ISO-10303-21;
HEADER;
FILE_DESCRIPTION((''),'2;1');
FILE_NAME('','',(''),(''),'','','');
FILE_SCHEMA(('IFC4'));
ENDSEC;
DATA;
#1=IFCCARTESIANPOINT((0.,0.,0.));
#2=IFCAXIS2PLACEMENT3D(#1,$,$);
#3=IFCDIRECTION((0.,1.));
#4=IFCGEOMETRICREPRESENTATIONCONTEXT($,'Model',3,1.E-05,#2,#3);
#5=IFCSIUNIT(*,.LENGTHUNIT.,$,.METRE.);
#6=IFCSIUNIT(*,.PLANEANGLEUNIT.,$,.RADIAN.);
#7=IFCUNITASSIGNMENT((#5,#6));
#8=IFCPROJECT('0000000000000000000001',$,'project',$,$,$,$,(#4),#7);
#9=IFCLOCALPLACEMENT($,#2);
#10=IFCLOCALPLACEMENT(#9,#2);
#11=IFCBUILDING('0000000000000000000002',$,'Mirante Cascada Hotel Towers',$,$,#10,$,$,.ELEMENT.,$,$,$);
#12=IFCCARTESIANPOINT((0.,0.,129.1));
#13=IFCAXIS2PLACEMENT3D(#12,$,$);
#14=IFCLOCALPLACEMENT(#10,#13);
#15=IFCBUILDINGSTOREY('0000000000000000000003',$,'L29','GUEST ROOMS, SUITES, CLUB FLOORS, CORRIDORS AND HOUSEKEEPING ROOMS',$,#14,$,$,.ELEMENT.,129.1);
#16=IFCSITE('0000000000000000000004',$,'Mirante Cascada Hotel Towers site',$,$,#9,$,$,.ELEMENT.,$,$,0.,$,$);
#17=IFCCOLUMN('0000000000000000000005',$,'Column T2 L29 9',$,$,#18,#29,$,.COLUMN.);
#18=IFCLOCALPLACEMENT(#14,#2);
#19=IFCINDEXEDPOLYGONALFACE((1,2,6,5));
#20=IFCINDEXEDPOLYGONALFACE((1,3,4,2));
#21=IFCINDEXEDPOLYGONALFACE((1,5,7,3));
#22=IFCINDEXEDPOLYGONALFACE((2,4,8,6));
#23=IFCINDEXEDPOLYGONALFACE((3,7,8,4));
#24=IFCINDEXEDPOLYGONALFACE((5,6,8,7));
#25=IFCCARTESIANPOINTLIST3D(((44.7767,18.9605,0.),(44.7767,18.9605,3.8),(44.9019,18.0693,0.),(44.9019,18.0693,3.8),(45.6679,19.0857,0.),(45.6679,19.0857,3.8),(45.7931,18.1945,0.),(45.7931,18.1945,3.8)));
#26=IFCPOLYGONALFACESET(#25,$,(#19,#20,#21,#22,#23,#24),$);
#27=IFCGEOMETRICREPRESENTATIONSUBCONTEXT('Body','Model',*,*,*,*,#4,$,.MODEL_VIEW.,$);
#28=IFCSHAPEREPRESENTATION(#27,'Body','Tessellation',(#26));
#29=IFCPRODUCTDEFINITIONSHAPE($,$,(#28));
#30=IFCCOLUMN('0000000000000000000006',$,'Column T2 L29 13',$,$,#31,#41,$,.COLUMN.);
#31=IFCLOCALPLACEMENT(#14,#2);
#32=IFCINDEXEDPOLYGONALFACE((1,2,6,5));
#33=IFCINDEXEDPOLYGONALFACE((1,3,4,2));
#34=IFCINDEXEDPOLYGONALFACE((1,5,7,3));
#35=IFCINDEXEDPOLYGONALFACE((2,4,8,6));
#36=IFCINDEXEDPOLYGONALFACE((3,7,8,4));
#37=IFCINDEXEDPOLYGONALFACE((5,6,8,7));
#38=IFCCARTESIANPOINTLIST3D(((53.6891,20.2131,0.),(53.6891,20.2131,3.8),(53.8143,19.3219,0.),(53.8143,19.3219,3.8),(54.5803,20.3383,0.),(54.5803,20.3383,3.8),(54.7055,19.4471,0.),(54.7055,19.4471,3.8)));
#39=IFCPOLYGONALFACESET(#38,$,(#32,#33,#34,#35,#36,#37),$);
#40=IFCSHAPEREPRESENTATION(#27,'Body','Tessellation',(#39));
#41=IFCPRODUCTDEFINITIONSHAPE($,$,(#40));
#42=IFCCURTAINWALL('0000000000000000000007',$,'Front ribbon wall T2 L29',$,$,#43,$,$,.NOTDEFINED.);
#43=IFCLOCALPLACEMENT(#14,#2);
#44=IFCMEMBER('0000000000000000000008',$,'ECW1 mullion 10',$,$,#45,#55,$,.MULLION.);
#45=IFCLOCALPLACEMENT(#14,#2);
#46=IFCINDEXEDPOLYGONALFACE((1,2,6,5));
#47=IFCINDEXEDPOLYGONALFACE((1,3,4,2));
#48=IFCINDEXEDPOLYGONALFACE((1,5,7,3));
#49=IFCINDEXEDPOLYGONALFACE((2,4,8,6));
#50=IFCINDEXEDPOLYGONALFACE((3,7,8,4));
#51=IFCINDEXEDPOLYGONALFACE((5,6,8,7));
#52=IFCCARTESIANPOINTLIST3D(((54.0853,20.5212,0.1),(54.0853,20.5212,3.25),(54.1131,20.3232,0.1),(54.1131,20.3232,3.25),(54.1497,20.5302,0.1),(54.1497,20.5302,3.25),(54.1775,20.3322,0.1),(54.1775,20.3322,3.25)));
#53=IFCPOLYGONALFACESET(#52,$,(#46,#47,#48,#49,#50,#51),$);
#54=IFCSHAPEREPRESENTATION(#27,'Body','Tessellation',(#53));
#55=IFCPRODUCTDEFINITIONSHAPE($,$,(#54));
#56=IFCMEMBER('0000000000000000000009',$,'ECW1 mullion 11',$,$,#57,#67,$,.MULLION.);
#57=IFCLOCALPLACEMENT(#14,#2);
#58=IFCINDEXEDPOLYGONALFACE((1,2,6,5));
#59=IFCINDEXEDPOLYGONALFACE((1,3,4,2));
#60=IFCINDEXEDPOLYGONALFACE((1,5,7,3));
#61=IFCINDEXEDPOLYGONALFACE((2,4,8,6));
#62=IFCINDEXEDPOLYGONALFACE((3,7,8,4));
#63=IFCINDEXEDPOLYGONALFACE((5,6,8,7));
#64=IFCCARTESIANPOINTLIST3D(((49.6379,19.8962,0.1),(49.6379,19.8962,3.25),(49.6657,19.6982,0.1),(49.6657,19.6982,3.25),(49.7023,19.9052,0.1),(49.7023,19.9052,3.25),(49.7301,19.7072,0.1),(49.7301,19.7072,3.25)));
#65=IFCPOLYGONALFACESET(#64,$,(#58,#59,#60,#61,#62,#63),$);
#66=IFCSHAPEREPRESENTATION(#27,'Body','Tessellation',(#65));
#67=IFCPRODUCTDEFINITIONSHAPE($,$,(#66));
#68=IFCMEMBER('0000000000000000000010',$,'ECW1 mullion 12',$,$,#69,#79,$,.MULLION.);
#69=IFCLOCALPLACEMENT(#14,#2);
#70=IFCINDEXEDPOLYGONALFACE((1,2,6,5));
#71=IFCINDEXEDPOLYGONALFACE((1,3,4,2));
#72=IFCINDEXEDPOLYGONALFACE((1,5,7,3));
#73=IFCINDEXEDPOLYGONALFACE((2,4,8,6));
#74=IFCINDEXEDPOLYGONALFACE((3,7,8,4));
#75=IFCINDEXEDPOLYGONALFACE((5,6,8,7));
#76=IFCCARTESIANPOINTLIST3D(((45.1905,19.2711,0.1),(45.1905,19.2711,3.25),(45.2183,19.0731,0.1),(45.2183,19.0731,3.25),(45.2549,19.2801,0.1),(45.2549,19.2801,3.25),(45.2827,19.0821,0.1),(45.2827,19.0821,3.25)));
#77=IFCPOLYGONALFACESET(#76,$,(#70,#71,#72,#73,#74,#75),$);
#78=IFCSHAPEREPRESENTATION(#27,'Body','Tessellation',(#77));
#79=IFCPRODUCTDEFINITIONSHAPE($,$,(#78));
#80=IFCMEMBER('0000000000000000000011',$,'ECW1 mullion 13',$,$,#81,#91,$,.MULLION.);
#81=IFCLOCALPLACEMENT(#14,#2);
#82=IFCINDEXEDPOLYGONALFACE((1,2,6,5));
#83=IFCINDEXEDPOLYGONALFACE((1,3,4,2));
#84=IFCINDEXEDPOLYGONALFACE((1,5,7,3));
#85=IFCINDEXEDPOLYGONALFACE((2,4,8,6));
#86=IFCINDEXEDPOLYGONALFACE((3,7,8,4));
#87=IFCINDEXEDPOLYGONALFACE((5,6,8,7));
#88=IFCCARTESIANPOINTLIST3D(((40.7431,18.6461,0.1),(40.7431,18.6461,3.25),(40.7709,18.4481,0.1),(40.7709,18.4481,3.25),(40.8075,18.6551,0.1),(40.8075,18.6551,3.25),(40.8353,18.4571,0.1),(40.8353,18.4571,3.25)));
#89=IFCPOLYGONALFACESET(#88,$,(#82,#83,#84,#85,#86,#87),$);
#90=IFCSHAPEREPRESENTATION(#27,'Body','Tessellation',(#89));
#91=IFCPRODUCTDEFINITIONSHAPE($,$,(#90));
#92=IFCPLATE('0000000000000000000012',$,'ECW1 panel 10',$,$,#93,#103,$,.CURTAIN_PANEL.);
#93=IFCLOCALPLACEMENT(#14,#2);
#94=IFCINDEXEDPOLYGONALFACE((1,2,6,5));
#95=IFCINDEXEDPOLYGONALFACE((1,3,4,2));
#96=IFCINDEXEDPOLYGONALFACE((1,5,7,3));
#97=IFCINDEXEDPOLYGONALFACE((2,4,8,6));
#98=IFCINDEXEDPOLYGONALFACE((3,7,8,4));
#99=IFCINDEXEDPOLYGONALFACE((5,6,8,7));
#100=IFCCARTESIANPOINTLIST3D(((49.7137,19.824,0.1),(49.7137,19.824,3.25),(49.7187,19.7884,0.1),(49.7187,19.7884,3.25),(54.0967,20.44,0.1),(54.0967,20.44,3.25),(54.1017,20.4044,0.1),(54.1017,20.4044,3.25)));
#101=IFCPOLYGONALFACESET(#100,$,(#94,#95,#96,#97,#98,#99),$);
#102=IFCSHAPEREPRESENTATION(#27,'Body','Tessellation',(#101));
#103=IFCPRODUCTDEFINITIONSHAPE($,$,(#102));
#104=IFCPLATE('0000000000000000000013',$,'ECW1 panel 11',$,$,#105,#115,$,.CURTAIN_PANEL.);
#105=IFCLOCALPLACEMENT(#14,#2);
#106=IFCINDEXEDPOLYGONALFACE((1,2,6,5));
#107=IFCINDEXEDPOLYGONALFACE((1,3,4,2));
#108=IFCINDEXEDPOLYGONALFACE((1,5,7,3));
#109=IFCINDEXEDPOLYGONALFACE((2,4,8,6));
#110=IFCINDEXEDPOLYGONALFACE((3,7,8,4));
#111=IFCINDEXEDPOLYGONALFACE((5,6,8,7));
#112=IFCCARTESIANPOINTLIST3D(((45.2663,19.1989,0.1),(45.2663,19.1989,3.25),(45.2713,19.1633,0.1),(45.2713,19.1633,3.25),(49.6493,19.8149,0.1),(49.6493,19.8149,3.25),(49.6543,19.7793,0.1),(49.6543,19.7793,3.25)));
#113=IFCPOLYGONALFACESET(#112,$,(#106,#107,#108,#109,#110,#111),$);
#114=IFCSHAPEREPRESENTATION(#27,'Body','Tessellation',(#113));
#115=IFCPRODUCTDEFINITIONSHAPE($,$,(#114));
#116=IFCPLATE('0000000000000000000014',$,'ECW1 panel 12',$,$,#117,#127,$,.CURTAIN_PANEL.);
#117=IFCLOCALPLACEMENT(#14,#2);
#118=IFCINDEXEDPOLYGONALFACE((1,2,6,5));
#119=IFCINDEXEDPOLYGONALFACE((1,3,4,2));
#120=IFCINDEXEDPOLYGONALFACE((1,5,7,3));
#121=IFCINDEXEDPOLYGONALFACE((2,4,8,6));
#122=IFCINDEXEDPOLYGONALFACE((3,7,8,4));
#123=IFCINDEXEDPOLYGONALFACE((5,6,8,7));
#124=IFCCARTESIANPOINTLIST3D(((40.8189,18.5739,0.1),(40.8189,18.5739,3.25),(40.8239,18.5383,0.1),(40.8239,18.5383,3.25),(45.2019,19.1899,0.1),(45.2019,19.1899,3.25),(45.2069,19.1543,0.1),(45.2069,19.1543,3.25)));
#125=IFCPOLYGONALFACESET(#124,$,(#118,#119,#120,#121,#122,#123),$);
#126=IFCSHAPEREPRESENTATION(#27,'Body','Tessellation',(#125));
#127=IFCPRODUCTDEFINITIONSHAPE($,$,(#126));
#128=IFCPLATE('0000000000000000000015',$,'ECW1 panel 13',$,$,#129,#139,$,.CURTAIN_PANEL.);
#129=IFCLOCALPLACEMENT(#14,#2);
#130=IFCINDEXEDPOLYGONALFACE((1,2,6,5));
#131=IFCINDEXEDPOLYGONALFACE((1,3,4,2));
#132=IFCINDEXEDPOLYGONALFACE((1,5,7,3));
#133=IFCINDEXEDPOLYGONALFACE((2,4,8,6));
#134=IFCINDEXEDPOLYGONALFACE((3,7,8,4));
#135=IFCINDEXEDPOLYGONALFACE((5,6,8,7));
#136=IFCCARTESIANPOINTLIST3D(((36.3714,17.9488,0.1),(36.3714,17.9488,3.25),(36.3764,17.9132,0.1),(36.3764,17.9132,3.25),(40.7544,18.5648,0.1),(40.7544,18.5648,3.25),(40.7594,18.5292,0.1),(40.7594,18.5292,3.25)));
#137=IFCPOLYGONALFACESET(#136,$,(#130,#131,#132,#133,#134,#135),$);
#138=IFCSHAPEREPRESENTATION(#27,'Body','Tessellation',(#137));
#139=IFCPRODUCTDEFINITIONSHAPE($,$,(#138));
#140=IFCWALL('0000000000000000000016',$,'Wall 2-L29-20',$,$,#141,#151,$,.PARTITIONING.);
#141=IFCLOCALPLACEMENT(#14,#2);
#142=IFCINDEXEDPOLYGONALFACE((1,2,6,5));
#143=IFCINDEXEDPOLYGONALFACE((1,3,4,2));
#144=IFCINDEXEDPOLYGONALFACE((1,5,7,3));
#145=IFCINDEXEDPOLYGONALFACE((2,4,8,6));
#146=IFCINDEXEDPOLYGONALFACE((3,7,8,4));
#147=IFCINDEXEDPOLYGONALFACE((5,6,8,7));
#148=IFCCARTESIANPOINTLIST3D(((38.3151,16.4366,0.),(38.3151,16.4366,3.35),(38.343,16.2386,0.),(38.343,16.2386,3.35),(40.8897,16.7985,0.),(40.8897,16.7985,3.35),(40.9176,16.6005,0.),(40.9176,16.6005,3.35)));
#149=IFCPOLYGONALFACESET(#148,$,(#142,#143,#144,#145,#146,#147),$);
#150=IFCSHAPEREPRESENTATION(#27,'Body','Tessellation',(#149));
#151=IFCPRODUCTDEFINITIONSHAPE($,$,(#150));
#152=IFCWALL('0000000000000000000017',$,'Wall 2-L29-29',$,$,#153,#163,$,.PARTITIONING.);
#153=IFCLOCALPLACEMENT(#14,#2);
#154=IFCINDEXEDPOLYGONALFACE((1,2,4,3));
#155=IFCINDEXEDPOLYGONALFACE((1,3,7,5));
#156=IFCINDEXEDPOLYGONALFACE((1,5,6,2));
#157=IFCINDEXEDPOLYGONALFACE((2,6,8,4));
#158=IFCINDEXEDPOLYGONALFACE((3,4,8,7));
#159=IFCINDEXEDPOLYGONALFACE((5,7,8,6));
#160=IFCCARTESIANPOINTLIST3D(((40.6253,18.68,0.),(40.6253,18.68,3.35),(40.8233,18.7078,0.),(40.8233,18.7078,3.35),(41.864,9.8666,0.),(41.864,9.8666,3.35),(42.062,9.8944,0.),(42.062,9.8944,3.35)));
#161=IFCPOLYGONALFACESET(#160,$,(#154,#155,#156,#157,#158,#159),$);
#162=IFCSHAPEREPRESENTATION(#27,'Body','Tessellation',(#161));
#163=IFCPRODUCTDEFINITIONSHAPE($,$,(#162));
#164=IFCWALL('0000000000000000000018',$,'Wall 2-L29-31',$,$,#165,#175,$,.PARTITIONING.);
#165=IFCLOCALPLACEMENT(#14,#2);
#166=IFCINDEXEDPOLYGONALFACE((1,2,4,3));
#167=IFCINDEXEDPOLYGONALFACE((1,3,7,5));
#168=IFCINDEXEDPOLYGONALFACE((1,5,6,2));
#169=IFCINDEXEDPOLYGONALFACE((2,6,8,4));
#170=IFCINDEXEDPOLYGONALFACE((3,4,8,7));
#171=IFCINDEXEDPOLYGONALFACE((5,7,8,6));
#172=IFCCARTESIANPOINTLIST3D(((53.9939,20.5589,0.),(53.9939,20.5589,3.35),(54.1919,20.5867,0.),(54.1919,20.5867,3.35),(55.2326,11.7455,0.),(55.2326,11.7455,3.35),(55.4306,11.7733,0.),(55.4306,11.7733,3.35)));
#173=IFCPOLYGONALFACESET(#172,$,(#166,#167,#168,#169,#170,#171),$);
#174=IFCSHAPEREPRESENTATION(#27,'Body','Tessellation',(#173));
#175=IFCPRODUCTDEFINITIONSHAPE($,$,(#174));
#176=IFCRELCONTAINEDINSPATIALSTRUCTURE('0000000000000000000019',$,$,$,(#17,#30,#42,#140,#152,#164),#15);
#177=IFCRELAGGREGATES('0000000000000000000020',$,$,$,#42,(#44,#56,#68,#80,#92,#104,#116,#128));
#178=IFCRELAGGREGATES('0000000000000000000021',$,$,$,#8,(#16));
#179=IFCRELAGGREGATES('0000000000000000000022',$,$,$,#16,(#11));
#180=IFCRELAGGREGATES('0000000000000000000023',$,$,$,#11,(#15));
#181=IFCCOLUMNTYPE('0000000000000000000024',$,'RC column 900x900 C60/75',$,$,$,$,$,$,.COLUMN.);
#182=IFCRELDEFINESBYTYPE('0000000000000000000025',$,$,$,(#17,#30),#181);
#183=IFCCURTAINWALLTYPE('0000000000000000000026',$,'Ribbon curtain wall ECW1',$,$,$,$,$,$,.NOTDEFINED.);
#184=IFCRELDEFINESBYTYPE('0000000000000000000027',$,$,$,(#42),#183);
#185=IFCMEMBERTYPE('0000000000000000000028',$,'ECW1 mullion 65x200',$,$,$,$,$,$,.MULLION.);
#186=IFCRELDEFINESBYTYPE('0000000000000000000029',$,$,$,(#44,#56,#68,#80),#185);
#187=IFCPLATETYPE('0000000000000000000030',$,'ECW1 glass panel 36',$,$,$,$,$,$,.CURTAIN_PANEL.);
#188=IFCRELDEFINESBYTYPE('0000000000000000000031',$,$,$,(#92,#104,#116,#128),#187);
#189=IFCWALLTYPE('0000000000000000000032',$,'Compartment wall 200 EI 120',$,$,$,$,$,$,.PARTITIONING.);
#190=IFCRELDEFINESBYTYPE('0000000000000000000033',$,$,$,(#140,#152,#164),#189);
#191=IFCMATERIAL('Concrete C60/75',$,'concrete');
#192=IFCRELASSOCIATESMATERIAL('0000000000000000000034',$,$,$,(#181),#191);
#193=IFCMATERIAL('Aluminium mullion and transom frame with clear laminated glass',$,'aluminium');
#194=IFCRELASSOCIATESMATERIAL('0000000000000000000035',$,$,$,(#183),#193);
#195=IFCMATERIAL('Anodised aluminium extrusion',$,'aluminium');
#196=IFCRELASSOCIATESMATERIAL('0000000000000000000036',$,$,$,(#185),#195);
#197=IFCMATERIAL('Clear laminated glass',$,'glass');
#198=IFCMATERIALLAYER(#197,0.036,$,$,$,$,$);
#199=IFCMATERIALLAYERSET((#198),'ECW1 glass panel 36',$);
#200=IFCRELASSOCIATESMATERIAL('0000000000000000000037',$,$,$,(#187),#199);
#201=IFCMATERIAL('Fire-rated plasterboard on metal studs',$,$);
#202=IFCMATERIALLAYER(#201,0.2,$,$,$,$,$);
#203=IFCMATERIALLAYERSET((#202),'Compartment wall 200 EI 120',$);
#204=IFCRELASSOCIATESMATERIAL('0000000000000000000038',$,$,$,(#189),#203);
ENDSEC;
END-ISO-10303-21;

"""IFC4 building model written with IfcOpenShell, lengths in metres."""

from ifc_helpers import new_model, si_unit, direction, frame, frame_2d, origin, origin_2d, place, context, subcontext, project, spatial, rectangle, extrude, material, layer, layer_set, material_profile, profile_set, type_object, element, aggregate, save


model = new_model("IFC4")

# Units and contexts
model_context = context("Model", 3, precision=1e-05, world=origin(), true_north=direction((0.0, 1.0)))
body_context = subcontext(model_context, "Body", "Model", "MODEL_VIEW")
ifc_project = project(units=[si_unit("LENGTHUNIT", "METRE"), si_unit("PLANEANGLEUNIT", "RADIAN")], contexts=[model_context])

# Site, building, storey
site_placement = place(None, origin())
site = spatial("IfcSite", under=ifc_project, at=site_placement, Name="Mirante Cascada Hotel Towers site", CompositionType="ELEMENT", RefElevation=0.0)
building_placement = place(site_placement, origin())
building = spatial("IfcBuilding", under=site, at=building_placement, Name="Mirante Cascada Hotel Towers", CompositionType="ELEMENT")
storey_placement = place(building_placement, frame((0.0, 0.0, 129.1)))
storey = spatial("IfcBuildingStorey", under=building, at=storey_placement, Name="L29", Description="GUEST ROOMS, SUITES, CLUB FLOORS, CORRIDORS AND HOUSEKEEPING ROOMS", CompositionType="ELEMENT", Elevation=129.1)

# Columns
ifc_material_1 = material(Name="Concrete C60/75", Category="concrete")
ifc_material_profile_1 = material_profile(ifc_material_1, rectangle(XDim=0.9, YDim=0.9, at=origin_2d()), Name="RC column 900x900 C60/75")
ifc_profile_set_1 = profile_set([ifc_material_profile_1], Name="Concrete C60/75")
column_type = type_object("IfcColumnType", Name="RC column 900x900 C60/75", PredefinedType="COLUMN", material=ifc_profile_set_1)
for number, where, z_axis, x_axis, name in (
    (1, (45.2849, 18.5775, 0.0), (0.0, 0.0, 1.0), (0.990268, 0.139173, 0.0), "Column T2 L29 9"),
    (2, (54.1973, 19.8301, 0.0), (0.0, 0.0, 1.0), (0.990268, 0.139173, 0.0), "Column T2 L29 13"),
):
    element("IfcColumn", number, at=place(storey_placement, frame(where, z_axis=z_axis, x_axis=x_axis)), inside=storey, type_object=column_type, Name=name, PredefinedType="COLUMN", context=body_context, shape_type="SweptSolid", body=[
        extrude(rectangle(XDim=0.9, YDim=0.9, at=origin_2d()), origin(), (0.0, 0.0, 1.0), 3.8),
    ])

# Curtain wall, members, plates
ifc_material_2 = material(Name="Aluminium mullion and transom frame with clear laminated glass", Category="aluminium")
curtain_wall_type = type_object("IfcCurtainWallType", Name="Ribbon curtain wall ECW1", PredefinedType="NOTDEFINED", material=ifc_material_2)
curtain_wall_placement = place(storey_placement, origin())
curtain_wall = element("IfcCurtainWall", 3, at=curtain_wall_placement, inside=storey, type_object=curtain_wall_type, Name="Front ribbon wall T2 L29", PredefinedType="NOTDEFINED")
ifc_material_3 = material(Name="Anodised aluminium extrusion", Category="aluminium")
ifc_material_profile_2 = material_profile(ifc_material_3, rectangle(XDim=0.2, YDim=0.065, at=origin_2d()), Name="ECW1 MULLION 65x200")
ifc_profile_set_2 = profile_set([ifc_material_profile_2], Name="Anodised aluminium extrusion")
member_type = type_object("IfcMemberType", Name="ECW1 mullion 65x200", PredefinedType="MULLION", material=ifc_profile_set_2)
member_1_placement = place(storey_placement, frame((54.1314, 20.4267, 0.1), z_axis=(0.0, 0.0, 1.0), x_axis=(0.139173, -0.990268, 0.0)))
member_1 = element("IfcMember", 4, at=member_1_placement, type_object=member_type, Name="ECW1 mullion 10", PredefinedType="MULLION", context=body_context, shape_type="SweptSolid", body=[
    extrude(rectangle(XDim=0.2, YDim=0.065, at=origin_2d()), origin(), (0.0, 0.0, 1.0), 3.15),
])
member_2_placement = place(storey_placement, frame((49.684, 19.8017, 0.1), z_axis=(0.0, 0.0, 1.0), x_axis=(0.139173, -0.990268, 0.0)))
member_2 = element("IfcMember", 5, at=member_2_placement, type_object=member_type, Name="ECW1 mullion 11", PredefinedType="MULLION", context=body_context, shape_type="SweptSolid", body=[
    extrude(rectangle(XDim=0.2, YDim=0.065, at=origin_2d()), origin(), (0.0, 0.0, 1.0), 3.15),
])
member_3_placement = place(storey_placement, frame((45.2366, 19.1766, 0.1), z_axis=(0.0, 0.0, 1.0), x_axis=(0.139173, -0.990268, 0.0)))
member_3 = element("IfcMember", 6, at=member_3_placement, type_object=member_type, Name="ECW1 mullion 12", PredefinedType="MULLION", context=body_context, shape_type="SweptSolid", body=[
    extrude(rectangle(XDim=0.2, YDim=0.065, at=origin_2d()), origin(), (0.0, 0.0, 1.0), 3.15),
])
member_4_placement = place(storey_placement, frame((40.7892, 18.5516, 0.1), z_axis=(0.0, 0.0, 1.0), x_axis=(0.139173, -0.990268, 0.0)))
member_4 = element("IfcMember", 7, at=member_4_placement, type_object=member_type, Name="ECW1 mullion 13", PredefinedType="MULLION", context=body_context, shape_type="SweptSolid", body=[
    extrude(rectangle(XDim=0.2, YDim=0.065, at=origin_2d()), origin(), (0.0, 0.0, 1.0), 3.15),
])
ifc_material_4 = material(Name="Clear laminated glass", Category="glass")
ifc_layer_1 = layer(ifc_material_4, 0.036)
ifc_layer_set_1 = layer_set([ifc_layer_1], Name="ECW1 glass panel 36")
plate_type = type_object("IfcPlateType", Name="ECW1 glass panel 36", PredefinedType="CURTAIN_PANEL", material=ifc_layer_set_1)
plate_1_placement = place(storey_placement, frame((51.9077, 20.1142, 0.1), z_axis=(0.0, 0.0, 1.0), x_axis=(-0.990268, -0.139173, 0.0)))
plate_1 = element("IfcPlate", 8, at=plate_1_placement, type_object=plate_type, Name="ECW1 panel 10", PredefinedType="CURTAIN_PANEL", context=body_context, shape_type="SweptSolid", body=[
    extrude(rectangle(XDim=4.4261, YDim=0.036, at=origin_2d()), origin(), (0.0, 0.0, 1.0), 3.15),
])
plate_2_placement = place(storey_placement, frame((47.4603, 19.4891, 0.1), z_axis=(0.0, 0.0, 1.0), x_axis=(-0.990268, -0.139173, 0.0)))
plate_2 = element("IfcPlate", 9, at=plate_2_placement, type_object=plate_type, Name="ECW1 panel 11", PredefinedType="CURTAIN_PANEL", context=body_context, shape_type="SweptSolid", body=[
    extrude(rectangle(XDim=4.4261, YDim=0.036, at=origin_2d()), origin(), (0.0, 0.0, 1.0), 3.15),
])
plate_3_placement = place(storey_placement, frame((43.0129, 18.8641, 0.1), z_axis=(0.0, 0.0, 1.0), x_axis=(-0.990268, -0.139173, 0.0)))
plate_3 = element("IfcPlate", 10, at=plate_3_placement, type_object=plate_type, Name="ECW1 panel 12", PredefinedType="CURTAIN_PANEL", context=body_context, shape_type="SweptSolid", body=[
    extrude(rectangle(XDim=4.4261, YDim=0.036, at=origin_2d()), origin(), (0.0, 0.0, 1.0), 3.15),
])
plate_4_placement = place(storey_placement, frame((38.5654, 18.239, 0.1), z_axis=(0.0, 0.0, 1.0), x_axis=(-0.990268, -0.139173, 0.0)))
plate_4 = element("IfcPlate", 11, at=plate_4_placement, type_object=plate_type, Name="ECW1 panel 13", PredefinedType="CURTAIN_PANEL", context=body_context, shape_type="SweptSolid", body=[
    extrude(rectangle(XDim=4.4261, YDim=0.036, at=origin_2d()), origin(), (0.0, 0.0, 1.0), 3.15),
])
aggregate(curtain_wall, [member_1, member_2, member_3, member_4, plate_1, plate_2, plate_3, plate_4])

# Walls
ifc_material_5 = material(Name="Fire-rated plasterboard on metal studs")
ifc_layer_2 = layer(ifc_material_5, 0.2)
ifc_layer_set_2 = layer_set([ifc_layer_2], Name="Compartment wall 200 EI 120")
wall_type_1 = type_object("IfcWallType", Name="Compartment wall 200 EI 120", PredefinedType="PARTITIONING", material=ifc_layer_set_2)
wall_1_placement = place(storey_placement, frame((38.329, 16.3376, 0.0), z_axis=(0.0, 0.0, 1.0), x_axis=(0.990265, 0.139197, 0.0)))
element("IfcWall", 12, at=wall_1_placement, inside=storey, type_object=wall_type_1, Name="Wall 2-L29-20", PredefinedType="PARTITIONING", context=body_context, shape_type="SweptSolid", body=[
    extrude(rectangle(XDim=2.5999, YDim=0.2, at=frame_2d((1.3, 0.0))), origin(), (0.0, 0.0, 1.0), 3.35),
])
for number, where, z_axis, x_axis, name in (
    (13, (40.7243, 18.6939, 0.0), (0.0, 0.0, 1.0), (0.139179, -0.990267, 0.0), "Wall 2-L29-29"),
    (14, (54.0929, 20.5728, 0.0), (0.0, 0.0, 1.0), (0.139179, -0.990267, 0.0), "Wall 2-L29-31"),
):
    element("IfcWall", number, at=place(storey_placement, frame(where, z_axis=z_axis, x_axis=x_axis)), inside=storey, type_object=wall_type_1, Name=name, PredefinedType="PARTITIONING", context=body_context, shape_type="SweptSolid", body=[
        extrude(rectangle(XDim=8.9, YDim=0.2, at=frame_2d((4.45, 0.0))), origin(), (0.0, 0.0, 1.0), 3.35),
    ])

save(model, "model.ifc")
